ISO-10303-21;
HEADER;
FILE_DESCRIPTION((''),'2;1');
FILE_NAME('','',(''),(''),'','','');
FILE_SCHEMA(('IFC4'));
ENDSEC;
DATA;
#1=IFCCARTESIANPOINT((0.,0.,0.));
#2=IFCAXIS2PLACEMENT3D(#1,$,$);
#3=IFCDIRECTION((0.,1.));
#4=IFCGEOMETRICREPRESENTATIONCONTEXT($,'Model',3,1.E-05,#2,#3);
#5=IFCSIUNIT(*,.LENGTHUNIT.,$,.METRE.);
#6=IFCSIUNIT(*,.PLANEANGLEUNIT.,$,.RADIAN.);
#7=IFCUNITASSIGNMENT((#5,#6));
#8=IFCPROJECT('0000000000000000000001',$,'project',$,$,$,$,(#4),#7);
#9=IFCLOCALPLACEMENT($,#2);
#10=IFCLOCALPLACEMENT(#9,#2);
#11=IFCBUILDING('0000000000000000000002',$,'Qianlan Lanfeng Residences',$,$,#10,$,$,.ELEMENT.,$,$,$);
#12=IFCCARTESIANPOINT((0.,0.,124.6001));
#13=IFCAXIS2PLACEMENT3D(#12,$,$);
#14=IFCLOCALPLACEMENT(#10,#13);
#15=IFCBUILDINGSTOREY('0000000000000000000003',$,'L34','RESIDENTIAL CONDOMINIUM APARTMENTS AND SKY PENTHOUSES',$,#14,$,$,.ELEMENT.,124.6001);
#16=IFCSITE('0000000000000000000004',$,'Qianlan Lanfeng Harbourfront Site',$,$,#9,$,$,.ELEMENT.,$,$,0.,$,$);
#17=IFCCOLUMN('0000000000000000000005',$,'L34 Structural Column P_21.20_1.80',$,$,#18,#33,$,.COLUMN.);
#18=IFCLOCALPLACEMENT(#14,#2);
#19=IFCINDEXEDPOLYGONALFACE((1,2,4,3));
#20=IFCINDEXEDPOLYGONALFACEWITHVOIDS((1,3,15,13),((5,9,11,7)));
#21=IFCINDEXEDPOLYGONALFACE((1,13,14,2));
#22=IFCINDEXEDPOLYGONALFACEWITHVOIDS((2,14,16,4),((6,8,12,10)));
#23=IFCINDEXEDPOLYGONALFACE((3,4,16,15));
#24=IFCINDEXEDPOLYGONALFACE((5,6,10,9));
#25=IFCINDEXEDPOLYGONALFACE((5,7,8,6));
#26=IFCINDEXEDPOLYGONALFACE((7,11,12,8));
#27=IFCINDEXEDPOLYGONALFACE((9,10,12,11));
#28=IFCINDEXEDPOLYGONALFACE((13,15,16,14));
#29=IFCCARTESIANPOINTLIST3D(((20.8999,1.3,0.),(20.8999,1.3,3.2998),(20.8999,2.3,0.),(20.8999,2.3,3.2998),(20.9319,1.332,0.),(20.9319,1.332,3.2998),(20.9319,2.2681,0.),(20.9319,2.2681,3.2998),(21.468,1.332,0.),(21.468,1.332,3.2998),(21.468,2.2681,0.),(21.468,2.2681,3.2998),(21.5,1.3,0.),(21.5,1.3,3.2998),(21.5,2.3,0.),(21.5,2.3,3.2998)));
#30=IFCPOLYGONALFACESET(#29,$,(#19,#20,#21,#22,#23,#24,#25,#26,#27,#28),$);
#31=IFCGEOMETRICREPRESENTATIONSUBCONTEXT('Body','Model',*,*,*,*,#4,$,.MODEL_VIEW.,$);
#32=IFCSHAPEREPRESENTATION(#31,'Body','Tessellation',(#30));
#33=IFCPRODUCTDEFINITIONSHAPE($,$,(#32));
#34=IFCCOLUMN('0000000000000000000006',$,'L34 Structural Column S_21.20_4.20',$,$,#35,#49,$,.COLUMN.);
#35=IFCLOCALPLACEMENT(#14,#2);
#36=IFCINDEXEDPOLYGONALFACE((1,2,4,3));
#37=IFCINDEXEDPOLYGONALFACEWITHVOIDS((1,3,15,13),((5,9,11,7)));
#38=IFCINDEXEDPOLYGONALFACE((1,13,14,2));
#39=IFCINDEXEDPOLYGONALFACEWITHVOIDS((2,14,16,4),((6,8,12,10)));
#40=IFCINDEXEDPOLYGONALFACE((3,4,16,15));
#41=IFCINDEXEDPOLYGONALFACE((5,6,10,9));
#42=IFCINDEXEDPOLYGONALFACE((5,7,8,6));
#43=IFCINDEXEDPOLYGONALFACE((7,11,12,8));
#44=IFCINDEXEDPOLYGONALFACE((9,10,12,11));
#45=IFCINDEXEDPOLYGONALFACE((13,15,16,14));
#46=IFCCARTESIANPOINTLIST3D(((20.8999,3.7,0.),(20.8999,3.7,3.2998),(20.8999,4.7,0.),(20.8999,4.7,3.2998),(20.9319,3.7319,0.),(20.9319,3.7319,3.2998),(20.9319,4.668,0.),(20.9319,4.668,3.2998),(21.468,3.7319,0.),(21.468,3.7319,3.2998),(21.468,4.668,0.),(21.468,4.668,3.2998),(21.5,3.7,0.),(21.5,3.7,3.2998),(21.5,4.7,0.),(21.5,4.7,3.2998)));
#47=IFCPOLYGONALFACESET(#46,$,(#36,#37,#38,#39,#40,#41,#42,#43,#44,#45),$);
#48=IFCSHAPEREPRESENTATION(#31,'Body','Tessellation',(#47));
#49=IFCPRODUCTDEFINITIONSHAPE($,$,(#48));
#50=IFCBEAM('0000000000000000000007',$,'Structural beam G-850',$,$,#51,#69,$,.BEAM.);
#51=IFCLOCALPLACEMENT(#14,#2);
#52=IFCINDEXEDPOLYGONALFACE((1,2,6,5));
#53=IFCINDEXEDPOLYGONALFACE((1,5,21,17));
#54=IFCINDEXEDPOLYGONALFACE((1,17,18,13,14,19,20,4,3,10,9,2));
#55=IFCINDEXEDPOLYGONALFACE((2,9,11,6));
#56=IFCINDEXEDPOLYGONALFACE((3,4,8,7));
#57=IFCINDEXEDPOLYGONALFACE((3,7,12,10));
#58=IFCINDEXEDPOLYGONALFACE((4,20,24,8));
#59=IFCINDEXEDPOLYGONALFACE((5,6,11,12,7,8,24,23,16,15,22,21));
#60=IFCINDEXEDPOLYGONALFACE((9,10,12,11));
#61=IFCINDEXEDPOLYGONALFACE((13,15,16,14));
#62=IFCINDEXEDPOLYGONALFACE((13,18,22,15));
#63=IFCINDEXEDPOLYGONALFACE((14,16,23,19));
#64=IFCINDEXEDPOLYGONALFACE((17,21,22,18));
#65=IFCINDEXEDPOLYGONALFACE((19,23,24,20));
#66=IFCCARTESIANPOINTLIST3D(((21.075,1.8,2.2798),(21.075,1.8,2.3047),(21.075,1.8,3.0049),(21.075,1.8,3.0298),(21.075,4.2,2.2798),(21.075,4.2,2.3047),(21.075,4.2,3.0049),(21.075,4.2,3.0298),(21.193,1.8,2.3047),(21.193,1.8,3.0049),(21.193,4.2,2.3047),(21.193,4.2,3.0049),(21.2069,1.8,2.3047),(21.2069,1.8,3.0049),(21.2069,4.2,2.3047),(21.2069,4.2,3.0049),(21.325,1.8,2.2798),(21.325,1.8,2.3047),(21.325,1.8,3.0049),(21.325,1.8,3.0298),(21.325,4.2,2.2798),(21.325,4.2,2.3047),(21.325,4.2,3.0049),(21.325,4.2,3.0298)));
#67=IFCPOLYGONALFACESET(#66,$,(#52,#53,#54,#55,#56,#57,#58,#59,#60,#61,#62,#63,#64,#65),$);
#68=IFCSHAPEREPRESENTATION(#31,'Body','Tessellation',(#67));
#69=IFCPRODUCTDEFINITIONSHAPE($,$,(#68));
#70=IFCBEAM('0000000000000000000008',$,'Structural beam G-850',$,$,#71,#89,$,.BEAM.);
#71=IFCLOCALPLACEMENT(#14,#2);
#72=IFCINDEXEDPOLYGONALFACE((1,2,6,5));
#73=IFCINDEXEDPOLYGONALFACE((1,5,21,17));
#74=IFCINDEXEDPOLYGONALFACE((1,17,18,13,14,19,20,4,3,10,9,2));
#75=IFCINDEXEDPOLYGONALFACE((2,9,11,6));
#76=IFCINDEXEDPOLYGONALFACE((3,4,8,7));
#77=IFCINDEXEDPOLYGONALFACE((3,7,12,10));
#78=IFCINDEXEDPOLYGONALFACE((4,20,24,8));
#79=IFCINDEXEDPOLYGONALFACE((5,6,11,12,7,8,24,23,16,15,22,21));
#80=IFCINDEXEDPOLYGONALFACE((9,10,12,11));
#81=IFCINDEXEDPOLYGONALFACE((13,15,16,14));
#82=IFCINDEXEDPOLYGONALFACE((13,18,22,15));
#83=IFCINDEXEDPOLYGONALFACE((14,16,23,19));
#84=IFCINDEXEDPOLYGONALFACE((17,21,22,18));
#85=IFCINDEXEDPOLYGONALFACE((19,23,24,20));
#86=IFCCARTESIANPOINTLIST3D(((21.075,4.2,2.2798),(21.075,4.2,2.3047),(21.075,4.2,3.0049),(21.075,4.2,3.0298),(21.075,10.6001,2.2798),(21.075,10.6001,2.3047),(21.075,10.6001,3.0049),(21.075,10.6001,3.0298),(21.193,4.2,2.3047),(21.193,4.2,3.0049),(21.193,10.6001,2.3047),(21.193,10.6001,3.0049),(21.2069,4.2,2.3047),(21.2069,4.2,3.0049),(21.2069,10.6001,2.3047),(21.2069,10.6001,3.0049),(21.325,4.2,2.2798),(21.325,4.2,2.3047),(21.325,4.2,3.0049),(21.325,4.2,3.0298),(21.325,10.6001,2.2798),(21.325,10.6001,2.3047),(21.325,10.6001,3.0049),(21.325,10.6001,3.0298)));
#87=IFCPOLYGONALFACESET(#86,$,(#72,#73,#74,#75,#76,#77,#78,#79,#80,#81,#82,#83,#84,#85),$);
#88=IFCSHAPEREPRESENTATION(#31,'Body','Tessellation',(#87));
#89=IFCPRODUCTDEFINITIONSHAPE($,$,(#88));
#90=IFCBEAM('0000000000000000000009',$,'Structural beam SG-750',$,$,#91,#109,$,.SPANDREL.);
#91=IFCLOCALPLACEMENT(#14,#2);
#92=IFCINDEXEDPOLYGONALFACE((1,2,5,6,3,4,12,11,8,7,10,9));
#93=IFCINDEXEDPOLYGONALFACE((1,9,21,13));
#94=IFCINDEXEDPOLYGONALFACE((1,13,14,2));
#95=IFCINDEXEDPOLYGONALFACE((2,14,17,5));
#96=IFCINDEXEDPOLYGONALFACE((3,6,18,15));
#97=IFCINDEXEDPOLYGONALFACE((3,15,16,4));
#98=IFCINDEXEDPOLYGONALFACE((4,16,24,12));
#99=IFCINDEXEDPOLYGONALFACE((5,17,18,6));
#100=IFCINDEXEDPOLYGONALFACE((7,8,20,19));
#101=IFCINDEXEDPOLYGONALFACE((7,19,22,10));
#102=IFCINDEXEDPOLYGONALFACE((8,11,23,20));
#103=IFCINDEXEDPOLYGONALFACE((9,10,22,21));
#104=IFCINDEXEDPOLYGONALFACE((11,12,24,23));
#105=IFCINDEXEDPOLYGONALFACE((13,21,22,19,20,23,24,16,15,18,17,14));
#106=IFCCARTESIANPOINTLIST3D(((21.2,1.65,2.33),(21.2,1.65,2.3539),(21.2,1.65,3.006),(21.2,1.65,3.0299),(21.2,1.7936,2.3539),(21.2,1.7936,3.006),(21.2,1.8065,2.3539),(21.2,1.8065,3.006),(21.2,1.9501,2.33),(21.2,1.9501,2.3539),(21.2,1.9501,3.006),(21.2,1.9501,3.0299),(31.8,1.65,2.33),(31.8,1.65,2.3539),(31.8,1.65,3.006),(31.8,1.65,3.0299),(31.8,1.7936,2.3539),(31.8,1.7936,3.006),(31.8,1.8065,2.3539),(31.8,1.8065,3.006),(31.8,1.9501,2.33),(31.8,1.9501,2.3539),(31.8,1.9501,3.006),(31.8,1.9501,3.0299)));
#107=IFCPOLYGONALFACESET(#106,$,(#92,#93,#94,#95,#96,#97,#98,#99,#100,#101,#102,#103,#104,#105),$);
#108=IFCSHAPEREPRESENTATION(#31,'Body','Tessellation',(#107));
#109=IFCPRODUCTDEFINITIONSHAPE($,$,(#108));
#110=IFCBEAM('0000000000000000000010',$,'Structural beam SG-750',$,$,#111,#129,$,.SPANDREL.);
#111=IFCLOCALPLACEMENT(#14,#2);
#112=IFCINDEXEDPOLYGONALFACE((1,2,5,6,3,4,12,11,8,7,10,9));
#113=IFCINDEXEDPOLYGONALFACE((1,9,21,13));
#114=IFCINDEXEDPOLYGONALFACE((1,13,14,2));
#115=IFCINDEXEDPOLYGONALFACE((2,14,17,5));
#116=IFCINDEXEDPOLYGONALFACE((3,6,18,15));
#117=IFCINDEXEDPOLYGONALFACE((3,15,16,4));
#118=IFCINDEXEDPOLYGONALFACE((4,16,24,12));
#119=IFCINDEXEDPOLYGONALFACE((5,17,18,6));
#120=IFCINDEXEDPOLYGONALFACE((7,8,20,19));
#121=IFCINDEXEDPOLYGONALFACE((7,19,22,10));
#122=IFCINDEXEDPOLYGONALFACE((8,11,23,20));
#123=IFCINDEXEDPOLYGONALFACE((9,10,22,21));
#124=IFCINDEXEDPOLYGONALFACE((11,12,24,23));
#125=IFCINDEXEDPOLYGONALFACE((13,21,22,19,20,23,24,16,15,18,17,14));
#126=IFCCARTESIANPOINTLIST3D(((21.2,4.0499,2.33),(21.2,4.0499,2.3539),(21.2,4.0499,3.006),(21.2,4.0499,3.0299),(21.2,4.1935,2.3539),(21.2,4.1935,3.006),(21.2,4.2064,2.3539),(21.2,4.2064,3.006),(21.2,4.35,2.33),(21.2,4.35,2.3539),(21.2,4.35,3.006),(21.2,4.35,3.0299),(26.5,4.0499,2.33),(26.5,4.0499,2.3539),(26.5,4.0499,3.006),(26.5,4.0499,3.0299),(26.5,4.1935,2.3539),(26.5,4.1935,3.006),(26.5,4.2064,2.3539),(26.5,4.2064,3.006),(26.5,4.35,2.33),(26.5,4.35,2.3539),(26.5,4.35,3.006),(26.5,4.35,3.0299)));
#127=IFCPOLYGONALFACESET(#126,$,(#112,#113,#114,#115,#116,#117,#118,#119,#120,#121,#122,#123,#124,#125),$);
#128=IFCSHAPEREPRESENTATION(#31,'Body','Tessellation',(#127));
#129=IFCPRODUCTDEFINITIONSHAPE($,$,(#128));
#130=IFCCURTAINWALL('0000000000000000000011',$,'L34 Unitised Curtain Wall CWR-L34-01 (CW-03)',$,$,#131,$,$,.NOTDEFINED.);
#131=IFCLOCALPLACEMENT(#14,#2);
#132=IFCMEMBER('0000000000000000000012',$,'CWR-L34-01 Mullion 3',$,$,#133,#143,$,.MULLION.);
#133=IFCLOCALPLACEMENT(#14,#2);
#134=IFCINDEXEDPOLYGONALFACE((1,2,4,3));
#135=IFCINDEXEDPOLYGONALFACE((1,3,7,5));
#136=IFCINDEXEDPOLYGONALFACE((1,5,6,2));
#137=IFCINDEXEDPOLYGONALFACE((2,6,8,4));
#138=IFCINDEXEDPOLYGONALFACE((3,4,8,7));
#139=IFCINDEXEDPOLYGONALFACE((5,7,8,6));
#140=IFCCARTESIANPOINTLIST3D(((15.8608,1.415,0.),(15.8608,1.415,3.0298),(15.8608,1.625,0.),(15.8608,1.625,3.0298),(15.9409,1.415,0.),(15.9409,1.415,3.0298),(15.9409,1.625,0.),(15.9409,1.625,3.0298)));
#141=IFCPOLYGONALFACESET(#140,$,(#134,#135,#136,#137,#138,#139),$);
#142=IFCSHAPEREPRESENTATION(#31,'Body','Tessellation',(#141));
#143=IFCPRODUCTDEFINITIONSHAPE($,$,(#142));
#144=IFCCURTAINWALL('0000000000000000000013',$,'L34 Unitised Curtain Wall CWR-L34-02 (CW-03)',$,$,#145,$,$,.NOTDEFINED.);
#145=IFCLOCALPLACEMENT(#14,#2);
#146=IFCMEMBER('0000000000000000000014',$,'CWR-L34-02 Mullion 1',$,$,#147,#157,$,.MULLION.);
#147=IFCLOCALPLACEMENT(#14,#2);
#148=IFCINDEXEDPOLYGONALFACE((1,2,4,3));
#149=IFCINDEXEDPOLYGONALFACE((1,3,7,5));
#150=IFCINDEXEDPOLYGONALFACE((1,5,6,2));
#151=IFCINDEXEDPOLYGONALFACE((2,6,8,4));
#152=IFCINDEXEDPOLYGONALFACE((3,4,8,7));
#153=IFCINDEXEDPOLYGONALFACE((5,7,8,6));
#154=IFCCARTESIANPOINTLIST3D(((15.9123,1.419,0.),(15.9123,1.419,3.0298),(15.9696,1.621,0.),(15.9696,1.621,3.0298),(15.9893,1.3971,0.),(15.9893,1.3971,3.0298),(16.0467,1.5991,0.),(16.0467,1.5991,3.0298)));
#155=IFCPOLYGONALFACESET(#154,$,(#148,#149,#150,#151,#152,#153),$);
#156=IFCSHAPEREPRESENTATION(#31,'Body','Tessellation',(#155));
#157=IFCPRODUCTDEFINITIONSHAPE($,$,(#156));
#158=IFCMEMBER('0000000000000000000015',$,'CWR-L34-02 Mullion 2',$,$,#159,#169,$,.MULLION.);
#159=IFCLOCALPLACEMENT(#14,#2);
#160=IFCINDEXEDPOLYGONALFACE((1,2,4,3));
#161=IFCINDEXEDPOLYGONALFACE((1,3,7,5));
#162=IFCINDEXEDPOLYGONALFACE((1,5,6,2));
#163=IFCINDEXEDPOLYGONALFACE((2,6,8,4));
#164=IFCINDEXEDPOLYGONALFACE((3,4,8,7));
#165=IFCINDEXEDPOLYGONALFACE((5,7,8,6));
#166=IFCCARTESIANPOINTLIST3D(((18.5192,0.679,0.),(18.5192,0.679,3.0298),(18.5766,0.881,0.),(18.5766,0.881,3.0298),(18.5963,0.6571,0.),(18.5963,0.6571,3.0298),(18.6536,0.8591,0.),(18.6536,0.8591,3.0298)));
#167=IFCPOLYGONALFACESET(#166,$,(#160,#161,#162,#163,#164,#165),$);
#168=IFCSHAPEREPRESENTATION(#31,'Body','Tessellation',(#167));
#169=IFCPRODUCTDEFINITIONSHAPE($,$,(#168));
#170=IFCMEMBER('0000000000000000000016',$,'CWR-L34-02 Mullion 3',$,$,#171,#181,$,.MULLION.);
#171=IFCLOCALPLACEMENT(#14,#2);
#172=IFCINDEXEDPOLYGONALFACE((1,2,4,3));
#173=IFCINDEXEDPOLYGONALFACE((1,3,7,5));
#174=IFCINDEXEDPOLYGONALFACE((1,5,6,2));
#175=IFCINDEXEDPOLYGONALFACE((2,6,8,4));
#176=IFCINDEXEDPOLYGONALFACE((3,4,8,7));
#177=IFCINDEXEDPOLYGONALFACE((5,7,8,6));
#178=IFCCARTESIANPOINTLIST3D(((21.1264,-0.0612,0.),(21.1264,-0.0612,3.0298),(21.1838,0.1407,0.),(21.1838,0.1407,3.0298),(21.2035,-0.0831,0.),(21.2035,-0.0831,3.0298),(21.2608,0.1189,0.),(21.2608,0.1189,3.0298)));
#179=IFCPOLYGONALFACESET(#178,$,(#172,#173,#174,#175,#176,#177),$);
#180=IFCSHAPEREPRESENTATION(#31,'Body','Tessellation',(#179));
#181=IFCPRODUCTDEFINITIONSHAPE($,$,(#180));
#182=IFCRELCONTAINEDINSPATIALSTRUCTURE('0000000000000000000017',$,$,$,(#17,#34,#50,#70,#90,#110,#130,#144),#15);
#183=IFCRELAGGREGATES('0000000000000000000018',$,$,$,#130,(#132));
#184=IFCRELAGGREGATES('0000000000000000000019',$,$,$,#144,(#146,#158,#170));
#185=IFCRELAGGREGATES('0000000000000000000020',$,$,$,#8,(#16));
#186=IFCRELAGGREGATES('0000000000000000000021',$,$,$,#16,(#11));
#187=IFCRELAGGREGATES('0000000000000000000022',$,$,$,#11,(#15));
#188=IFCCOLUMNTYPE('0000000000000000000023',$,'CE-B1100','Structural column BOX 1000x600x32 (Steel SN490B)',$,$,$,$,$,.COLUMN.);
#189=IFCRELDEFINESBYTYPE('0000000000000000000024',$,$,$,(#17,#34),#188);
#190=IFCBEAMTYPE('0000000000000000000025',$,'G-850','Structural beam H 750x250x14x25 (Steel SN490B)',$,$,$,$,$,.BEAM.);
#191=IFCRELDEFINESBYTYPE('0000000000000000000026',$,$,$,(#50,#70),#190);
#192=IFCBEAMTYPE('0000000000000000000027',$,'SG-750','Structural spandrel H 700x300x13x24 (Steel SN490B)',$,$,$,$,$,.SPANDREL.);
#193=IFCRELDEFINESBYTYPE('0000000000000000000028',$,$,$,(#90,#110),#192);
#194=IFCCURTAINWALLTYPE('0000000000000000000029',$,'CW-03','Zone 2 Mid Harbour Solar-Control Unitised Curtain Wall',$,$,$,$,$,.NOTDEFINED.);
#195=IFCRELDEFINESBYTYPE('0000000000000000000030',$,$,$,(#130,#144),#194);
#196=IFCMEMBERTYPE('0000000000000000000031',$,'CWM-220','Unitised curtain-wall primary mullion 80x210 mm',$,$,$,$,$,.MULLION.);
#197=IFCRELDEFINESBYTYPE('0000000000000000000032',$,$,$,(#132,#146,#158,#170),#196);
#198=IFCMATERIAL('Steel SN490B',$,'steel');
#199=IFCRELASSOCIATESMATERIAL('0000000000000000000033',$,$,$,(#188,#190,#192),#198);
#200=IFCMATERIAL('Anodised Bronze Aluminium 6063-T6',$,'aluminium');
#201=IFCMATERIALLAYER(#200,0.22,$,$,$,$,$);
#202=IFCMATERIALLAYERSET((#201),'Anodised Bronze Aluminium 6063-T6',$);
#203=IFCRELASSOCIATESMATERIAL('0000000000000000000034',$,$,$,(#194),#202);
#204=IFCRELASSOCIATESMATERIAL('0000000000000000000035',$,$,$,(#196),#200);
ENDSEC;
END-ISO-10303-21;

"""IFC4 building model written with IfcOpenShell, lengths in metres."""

from ifc_helpers import new_model, si_unit, direction, frame, origin, origin_2d, place, context, subcontext, project, spatial, rectangle, hollow_rectangle, i_section, extrude, source, transform, mapped, material, layer, layer_set, material_profile, profile_set, type_object, element, aggregate, save


model = new_model("IFC4")

# Units and contexts
model_context = context("Model", 3, precision=1e-05, world=origin(), true_north=direction((0.0, 1.0)))
body_context = subcontext(model_context, "Body", "Model", "MODEL_VIEW")
ifc_project = project(units=[si_unit("LENGTHUNIT", "METRE"), si_unit("PLANEANGLEUNIT", "RADIAN")], contexts=[model_context])

# Site, building, storey
site_placement = place(None, origin())
site = spatial("IfcSite", under=ifc_project, at=site_placement, Name="Qianlan Lanfeng Harbourfront Site", CompositionType="ELEMENT", RefElevation=0.0)
building_placement = place(site_placement, origin())
building = spatial("IfcBuilding", under=site, at=building_placement, Name="Qianlan Lanfeng Residences", CompositionType="ELEMENT")
storey_placement = place(building_placement, frame((0.0, 0.0, 124.6001)))
storey = spatial("IfcBuildingStorey", under=building, at=storey_placement, Name="L34", Description="RESIDENTIAL CONDOMINIUM APARTMENTS AND SKY PENTHOUSES", CompositionType="ELEMENT", Elevation=124.6001)

# Columns
ifc_material_1 = material(Name="Steel SN490B", Category="steel")
ifc_material_profile_1 = material_profile(ifc_material_1, hollow_rectangle(XDim=0.6001, YDim=1.0, WallThickness=0.032, at=origin_2d()), Name="BOX 1000x600x32")
ifc_profile_set_1 = profile_set([ifc_material_profile_1], Name="Steel SN490B")
column_type = type_object("IfcColumnType", Name="CE-B1100", Description="Structural column BOX 1000x600x32 (Steel SN490B)", PredefinedType="COLUMN", material=ifc_profile_set_1)
for number, where, z_axis, x_axis, name in (
    (1, (21.2, 1.8, 0.0), (0.0, 0.0, 1.0), (1.0, 0.0, 0.0), "L34 Structural Column P_21.20_1.80"),
    (2, (21.2, 4.2, 0.0), (0.0, 0.0, 1.0), (1.0, 0.0, 0.0), "L34 Structural Column S_21.20_4.20"),
):
    element("IfcColumn", number, at=place(storey_placement, frame(where, z_axis=z_axis, x_axis=x_axis)), inside=storey, type_object=column_type, Name=name, PredefinedType="COLUMN", context=body_context, shape_type="SweptSolid", body=[
        extrude(hollow_rectangle(XDim=0.6001, YDim=1.0, WallThickness=0.032, at=origin_2d()), origin(), (0.0, 0.0, 1.0), 3.2998),
    ])

# Beams
ifc_material_profile_2 = material_profile(ifc_material_1, i_section(OverallWidth=0.25, OverallDepth=0.75, WebThickness=0.0139, FlangeThickness=0.0249, at=origin_2d()), Name="H 750x250x14x25")
ifc_profile_set_2 = profile_set([ifc_material_profile_2], Name="Steel SN490B")
beam_type_1 = type_object("IfcBeamType", Name="G-850", Description="Structural beam H 750x250x14x25 (Steel SN490B)", PredefinedType="BEAM", material=ifc_profile_set_2)
beam_1_placement = place(storey_placement, frame((21.2, 1.8, 2.6548), z_axis=(0.0, 1.0, 0.0), x_axis=(-1.0, 0.0, 0.0)))
element("IfcBeam", 3, at=beam_1_placement, inside=storey, type_object=beam_type_1, Name="Structural beam G-850", PredefinedType="BEAM", context=body_context, shape_type="SweptSolid", body=[
    extrude(i_section(OverallWidth=0.25, OverallDepth=0.75, WebThickness=0.0139, FlangeThickness=0.0249, at=origin_2d()), origin(), (0.0, 0.0, 1.0), 2.3999),
])
beam_2_placement = place(storey_placement, frame((21.2, 4.2, 2.6548), z_axis=(0.0, 1.0, 0.0), x_axis=(-1.0, 0.0, 0.0)))
element("IfcBeam", 4, at=beam_2_placement, inside=storey, type_object=beam_type_1, Name="Structural beam G-850", PredefinedType="BEAM", context=body_context, shape_type="SweptSolid", body=[
    extrude(i_section(OverallWidth=0.25, OverallDepth=0.75, WebThickness=0.0139, FlangeThickness=0.0249, at=origin_2d()), origin(), (0.0, 0.0, 1.0), 6.4001),
])
ifc_material_profile_3 = material_profile(ifc_material_1, i_section(OverallWidth=0.3, OverallDepth=0.7, WebThickness=0.0129, FlangeThickness=0.0239, at=origin_2d()), Name="H 700x300x13x24")
ifc_profile_set_3 = profile_set([ifc_material_profile_3], Name="Steel SN490B")
beam_type_2 = type_object("IfcBeamType", Name="SG-750", Description="Structural spandrel H 700x300x13x24 (Steel SN490B)", PredefinedType="SPANDREL", material=ifc_profile_set_3)
beam_3_placement = place(storey_placement, frame((21.2, 1.8, 2.6799), z_axis=(1.0, 0.0, 0.0), x_axis=(0.0, 1.0, 0.0)))
element("IfcBeam", 5, at=beam_3_placement, inside=storey, type_object=beam_type_2, Name="Structural beam SG-750", PredefinedType="SPANDREL", context=body_context, shape_type="SweptSolid", body=[
    extrude(i_section(OverallWidth=0.3, OverallDepth=0.7, WebThickness=0.0129, FlangeThickness=0.0239, at=origin_2d()), origin(), (0.0, 0.0, 1.0), 10.6001),
])
beam_4_placement = place(storey_placement, frame((21.2, 4.2, 2.6799), z_axis=(1.0, 0.0, 0.0), x_axis=(0.0, 1.0, 0.0)))
element("IfcBeam", 6, at=beam_4_placement, inside=storey, type_object=beam_type_2, Name="Structural beam SG-750", PredefinedType="SPANDREL", context=body_context, shape_type="SweptSolid", body=[
    extrude(i_section(OverallWidth=0.3, OverallDepth=0.7, WebThickness=0.0129, FlangeThickness=0.0239, at=origin_2d()), origin(), (0.0, 0.0, 1.0), 5.3),
])

# Curtain wall, member
ifc_material_2 = material(Name="Anodised Bronze Aluminium 6063-T6", Category="aluminium")
ifc_layer_1 = layer(ifc_material_2, 0.22)
ifc_layer_set_1 = layer_set([ifc_layer_1], Name="Anodised Bronze Aluminium 6063-T6")
curtain_wall_type = type_object("IfcCurtainWallType", Name="CW-03", Description="Zone 2 Mid Harbour Solar-Control Unitised Curtain Wall", PredefinedType="NOTDEFINED", material=ifc_layer_set_1)
curtain_wall_1_placement = place(storey_placement, origin())
curtain_wall_1 = element("IfcCurtainWall", 7, at=curtain_wall_1_placement, inside=storey, type_object=curtain_wall_type, Name="L34 Unitised Curtain Wall CWR-L34-01 (CW-03)", PredefinedType="NOTDEFINED")
ifc_material_profile_4 = material_profile(ifc_material_2, rectangle(XDim=0.0801, YDim=0.21, at=origin_2d()), Name="ALU MULLION 80x210")
ifc_profile_set_4 = profile_set([ifc_material_profile_4], Name="Anodised Bronze Aluminium 6063-T6")
member_type_1 = type_object("IfcMemberType", Name="CWM-220", Description="Unitised curtain-wall primary mullion 80x210 mm", PredefinedType="MULLION", material=ifc_profile_set_4)
shared_shape_1 = source(origin(), body_context, "Body", "SweptSolid", [
    extrude(rectangle(XDim=0.0801, YDim=0.21, at=origin_2d()), origin(), (0.0, 0.0, 1.0), 3.0298),
])
member_1_placement = place(storey_placement, frame((15.9009, 1.52, 0.0), z_axis=(0.0, 0.0, 1.0), x_axis=(1.0, 0.0, 0.0)))
member_1 = element("IfcMember", 8, at=member_1_placement, type_object=member_type_1, Name="CWR-L34-01 Mullion 3", PredefinedType="MULLION", context=body_context, shape_type="MappedRepresentation", body=[
    mapped(shared_shape_1, transform((0.0, 0.0, 0.0), scale=1.0)),
])
aggregate(curtain_wall_1, [member_1])

# Curtain wall, members
curtain_wall_2_placement = place(storey_placement, origin())
curtain_wall_2 = element("IfcCurtainWall", 9, at=curtain_wall_2_placement, inside=storey, type_object=curtain_wall_type, Name="L34 Unitised Curtain Wall CWR-L34-02 (CW-03)", PredefinedType="NOTDEFINED")
member_2_placement = place(storey_placement, frame((15.9795, 1.509, 0.0), z_axis=(0.0, 0.0, 1.0), x_axis=(0.961989, -0.273088, 0.0)))
member_2 = element("IfcMember", 10, at=member_2_placement, type_object=member_type_1, Name="CWR-L34-02 Mullion 1", PredefinedType="MULLION", context=body_context, shape_type="MappedRepresentation", body=[
    mapped(shared_shape_1, transform((0.0, 0.0, 0.0), scale=1.0)),
])
member_3_placement = place(storey_placement, frame((18.5864, 0.769, 0.0), z_axis=(0.0, 0.0, 1.0), x_axis=(0.961989, -0.273088, 0.0)))
member_3 = element("IfcMember", 11, at=member_3_placement, type_object=member_type_1, Name="CWR-L34-02 Mullion 2", PredefinedType="MULLION", context=body_context, shape_type="MappedRepresentation", body=[
    mapped(shared_shape_1, transform((0.0, 0.0, 0.0), scale=1.0)),
])
member_4_placement = place(storey_placement, frame((21.1936, 0.0288, 0.0), z_axis=(0.0, 0.0, 1.0), x_axis=(0.961989, -0.273088, 0.0)))
member_4 = element("IfcMember", 12, at=member_4_placement, type_object=member_type_1, Name="CWR-L34-02 Mullion 3", PredefinedType="MULLION", context=body_context, shape_type="MappedRepresentation", body=[
    mapped(shared_shape_1, transform((0.0, 0.0, 0.0), scale=1.0)),
])
aggregate(curtain_wall_2, [member_2, member_3, member_4])

save(model, "model.ifc")
